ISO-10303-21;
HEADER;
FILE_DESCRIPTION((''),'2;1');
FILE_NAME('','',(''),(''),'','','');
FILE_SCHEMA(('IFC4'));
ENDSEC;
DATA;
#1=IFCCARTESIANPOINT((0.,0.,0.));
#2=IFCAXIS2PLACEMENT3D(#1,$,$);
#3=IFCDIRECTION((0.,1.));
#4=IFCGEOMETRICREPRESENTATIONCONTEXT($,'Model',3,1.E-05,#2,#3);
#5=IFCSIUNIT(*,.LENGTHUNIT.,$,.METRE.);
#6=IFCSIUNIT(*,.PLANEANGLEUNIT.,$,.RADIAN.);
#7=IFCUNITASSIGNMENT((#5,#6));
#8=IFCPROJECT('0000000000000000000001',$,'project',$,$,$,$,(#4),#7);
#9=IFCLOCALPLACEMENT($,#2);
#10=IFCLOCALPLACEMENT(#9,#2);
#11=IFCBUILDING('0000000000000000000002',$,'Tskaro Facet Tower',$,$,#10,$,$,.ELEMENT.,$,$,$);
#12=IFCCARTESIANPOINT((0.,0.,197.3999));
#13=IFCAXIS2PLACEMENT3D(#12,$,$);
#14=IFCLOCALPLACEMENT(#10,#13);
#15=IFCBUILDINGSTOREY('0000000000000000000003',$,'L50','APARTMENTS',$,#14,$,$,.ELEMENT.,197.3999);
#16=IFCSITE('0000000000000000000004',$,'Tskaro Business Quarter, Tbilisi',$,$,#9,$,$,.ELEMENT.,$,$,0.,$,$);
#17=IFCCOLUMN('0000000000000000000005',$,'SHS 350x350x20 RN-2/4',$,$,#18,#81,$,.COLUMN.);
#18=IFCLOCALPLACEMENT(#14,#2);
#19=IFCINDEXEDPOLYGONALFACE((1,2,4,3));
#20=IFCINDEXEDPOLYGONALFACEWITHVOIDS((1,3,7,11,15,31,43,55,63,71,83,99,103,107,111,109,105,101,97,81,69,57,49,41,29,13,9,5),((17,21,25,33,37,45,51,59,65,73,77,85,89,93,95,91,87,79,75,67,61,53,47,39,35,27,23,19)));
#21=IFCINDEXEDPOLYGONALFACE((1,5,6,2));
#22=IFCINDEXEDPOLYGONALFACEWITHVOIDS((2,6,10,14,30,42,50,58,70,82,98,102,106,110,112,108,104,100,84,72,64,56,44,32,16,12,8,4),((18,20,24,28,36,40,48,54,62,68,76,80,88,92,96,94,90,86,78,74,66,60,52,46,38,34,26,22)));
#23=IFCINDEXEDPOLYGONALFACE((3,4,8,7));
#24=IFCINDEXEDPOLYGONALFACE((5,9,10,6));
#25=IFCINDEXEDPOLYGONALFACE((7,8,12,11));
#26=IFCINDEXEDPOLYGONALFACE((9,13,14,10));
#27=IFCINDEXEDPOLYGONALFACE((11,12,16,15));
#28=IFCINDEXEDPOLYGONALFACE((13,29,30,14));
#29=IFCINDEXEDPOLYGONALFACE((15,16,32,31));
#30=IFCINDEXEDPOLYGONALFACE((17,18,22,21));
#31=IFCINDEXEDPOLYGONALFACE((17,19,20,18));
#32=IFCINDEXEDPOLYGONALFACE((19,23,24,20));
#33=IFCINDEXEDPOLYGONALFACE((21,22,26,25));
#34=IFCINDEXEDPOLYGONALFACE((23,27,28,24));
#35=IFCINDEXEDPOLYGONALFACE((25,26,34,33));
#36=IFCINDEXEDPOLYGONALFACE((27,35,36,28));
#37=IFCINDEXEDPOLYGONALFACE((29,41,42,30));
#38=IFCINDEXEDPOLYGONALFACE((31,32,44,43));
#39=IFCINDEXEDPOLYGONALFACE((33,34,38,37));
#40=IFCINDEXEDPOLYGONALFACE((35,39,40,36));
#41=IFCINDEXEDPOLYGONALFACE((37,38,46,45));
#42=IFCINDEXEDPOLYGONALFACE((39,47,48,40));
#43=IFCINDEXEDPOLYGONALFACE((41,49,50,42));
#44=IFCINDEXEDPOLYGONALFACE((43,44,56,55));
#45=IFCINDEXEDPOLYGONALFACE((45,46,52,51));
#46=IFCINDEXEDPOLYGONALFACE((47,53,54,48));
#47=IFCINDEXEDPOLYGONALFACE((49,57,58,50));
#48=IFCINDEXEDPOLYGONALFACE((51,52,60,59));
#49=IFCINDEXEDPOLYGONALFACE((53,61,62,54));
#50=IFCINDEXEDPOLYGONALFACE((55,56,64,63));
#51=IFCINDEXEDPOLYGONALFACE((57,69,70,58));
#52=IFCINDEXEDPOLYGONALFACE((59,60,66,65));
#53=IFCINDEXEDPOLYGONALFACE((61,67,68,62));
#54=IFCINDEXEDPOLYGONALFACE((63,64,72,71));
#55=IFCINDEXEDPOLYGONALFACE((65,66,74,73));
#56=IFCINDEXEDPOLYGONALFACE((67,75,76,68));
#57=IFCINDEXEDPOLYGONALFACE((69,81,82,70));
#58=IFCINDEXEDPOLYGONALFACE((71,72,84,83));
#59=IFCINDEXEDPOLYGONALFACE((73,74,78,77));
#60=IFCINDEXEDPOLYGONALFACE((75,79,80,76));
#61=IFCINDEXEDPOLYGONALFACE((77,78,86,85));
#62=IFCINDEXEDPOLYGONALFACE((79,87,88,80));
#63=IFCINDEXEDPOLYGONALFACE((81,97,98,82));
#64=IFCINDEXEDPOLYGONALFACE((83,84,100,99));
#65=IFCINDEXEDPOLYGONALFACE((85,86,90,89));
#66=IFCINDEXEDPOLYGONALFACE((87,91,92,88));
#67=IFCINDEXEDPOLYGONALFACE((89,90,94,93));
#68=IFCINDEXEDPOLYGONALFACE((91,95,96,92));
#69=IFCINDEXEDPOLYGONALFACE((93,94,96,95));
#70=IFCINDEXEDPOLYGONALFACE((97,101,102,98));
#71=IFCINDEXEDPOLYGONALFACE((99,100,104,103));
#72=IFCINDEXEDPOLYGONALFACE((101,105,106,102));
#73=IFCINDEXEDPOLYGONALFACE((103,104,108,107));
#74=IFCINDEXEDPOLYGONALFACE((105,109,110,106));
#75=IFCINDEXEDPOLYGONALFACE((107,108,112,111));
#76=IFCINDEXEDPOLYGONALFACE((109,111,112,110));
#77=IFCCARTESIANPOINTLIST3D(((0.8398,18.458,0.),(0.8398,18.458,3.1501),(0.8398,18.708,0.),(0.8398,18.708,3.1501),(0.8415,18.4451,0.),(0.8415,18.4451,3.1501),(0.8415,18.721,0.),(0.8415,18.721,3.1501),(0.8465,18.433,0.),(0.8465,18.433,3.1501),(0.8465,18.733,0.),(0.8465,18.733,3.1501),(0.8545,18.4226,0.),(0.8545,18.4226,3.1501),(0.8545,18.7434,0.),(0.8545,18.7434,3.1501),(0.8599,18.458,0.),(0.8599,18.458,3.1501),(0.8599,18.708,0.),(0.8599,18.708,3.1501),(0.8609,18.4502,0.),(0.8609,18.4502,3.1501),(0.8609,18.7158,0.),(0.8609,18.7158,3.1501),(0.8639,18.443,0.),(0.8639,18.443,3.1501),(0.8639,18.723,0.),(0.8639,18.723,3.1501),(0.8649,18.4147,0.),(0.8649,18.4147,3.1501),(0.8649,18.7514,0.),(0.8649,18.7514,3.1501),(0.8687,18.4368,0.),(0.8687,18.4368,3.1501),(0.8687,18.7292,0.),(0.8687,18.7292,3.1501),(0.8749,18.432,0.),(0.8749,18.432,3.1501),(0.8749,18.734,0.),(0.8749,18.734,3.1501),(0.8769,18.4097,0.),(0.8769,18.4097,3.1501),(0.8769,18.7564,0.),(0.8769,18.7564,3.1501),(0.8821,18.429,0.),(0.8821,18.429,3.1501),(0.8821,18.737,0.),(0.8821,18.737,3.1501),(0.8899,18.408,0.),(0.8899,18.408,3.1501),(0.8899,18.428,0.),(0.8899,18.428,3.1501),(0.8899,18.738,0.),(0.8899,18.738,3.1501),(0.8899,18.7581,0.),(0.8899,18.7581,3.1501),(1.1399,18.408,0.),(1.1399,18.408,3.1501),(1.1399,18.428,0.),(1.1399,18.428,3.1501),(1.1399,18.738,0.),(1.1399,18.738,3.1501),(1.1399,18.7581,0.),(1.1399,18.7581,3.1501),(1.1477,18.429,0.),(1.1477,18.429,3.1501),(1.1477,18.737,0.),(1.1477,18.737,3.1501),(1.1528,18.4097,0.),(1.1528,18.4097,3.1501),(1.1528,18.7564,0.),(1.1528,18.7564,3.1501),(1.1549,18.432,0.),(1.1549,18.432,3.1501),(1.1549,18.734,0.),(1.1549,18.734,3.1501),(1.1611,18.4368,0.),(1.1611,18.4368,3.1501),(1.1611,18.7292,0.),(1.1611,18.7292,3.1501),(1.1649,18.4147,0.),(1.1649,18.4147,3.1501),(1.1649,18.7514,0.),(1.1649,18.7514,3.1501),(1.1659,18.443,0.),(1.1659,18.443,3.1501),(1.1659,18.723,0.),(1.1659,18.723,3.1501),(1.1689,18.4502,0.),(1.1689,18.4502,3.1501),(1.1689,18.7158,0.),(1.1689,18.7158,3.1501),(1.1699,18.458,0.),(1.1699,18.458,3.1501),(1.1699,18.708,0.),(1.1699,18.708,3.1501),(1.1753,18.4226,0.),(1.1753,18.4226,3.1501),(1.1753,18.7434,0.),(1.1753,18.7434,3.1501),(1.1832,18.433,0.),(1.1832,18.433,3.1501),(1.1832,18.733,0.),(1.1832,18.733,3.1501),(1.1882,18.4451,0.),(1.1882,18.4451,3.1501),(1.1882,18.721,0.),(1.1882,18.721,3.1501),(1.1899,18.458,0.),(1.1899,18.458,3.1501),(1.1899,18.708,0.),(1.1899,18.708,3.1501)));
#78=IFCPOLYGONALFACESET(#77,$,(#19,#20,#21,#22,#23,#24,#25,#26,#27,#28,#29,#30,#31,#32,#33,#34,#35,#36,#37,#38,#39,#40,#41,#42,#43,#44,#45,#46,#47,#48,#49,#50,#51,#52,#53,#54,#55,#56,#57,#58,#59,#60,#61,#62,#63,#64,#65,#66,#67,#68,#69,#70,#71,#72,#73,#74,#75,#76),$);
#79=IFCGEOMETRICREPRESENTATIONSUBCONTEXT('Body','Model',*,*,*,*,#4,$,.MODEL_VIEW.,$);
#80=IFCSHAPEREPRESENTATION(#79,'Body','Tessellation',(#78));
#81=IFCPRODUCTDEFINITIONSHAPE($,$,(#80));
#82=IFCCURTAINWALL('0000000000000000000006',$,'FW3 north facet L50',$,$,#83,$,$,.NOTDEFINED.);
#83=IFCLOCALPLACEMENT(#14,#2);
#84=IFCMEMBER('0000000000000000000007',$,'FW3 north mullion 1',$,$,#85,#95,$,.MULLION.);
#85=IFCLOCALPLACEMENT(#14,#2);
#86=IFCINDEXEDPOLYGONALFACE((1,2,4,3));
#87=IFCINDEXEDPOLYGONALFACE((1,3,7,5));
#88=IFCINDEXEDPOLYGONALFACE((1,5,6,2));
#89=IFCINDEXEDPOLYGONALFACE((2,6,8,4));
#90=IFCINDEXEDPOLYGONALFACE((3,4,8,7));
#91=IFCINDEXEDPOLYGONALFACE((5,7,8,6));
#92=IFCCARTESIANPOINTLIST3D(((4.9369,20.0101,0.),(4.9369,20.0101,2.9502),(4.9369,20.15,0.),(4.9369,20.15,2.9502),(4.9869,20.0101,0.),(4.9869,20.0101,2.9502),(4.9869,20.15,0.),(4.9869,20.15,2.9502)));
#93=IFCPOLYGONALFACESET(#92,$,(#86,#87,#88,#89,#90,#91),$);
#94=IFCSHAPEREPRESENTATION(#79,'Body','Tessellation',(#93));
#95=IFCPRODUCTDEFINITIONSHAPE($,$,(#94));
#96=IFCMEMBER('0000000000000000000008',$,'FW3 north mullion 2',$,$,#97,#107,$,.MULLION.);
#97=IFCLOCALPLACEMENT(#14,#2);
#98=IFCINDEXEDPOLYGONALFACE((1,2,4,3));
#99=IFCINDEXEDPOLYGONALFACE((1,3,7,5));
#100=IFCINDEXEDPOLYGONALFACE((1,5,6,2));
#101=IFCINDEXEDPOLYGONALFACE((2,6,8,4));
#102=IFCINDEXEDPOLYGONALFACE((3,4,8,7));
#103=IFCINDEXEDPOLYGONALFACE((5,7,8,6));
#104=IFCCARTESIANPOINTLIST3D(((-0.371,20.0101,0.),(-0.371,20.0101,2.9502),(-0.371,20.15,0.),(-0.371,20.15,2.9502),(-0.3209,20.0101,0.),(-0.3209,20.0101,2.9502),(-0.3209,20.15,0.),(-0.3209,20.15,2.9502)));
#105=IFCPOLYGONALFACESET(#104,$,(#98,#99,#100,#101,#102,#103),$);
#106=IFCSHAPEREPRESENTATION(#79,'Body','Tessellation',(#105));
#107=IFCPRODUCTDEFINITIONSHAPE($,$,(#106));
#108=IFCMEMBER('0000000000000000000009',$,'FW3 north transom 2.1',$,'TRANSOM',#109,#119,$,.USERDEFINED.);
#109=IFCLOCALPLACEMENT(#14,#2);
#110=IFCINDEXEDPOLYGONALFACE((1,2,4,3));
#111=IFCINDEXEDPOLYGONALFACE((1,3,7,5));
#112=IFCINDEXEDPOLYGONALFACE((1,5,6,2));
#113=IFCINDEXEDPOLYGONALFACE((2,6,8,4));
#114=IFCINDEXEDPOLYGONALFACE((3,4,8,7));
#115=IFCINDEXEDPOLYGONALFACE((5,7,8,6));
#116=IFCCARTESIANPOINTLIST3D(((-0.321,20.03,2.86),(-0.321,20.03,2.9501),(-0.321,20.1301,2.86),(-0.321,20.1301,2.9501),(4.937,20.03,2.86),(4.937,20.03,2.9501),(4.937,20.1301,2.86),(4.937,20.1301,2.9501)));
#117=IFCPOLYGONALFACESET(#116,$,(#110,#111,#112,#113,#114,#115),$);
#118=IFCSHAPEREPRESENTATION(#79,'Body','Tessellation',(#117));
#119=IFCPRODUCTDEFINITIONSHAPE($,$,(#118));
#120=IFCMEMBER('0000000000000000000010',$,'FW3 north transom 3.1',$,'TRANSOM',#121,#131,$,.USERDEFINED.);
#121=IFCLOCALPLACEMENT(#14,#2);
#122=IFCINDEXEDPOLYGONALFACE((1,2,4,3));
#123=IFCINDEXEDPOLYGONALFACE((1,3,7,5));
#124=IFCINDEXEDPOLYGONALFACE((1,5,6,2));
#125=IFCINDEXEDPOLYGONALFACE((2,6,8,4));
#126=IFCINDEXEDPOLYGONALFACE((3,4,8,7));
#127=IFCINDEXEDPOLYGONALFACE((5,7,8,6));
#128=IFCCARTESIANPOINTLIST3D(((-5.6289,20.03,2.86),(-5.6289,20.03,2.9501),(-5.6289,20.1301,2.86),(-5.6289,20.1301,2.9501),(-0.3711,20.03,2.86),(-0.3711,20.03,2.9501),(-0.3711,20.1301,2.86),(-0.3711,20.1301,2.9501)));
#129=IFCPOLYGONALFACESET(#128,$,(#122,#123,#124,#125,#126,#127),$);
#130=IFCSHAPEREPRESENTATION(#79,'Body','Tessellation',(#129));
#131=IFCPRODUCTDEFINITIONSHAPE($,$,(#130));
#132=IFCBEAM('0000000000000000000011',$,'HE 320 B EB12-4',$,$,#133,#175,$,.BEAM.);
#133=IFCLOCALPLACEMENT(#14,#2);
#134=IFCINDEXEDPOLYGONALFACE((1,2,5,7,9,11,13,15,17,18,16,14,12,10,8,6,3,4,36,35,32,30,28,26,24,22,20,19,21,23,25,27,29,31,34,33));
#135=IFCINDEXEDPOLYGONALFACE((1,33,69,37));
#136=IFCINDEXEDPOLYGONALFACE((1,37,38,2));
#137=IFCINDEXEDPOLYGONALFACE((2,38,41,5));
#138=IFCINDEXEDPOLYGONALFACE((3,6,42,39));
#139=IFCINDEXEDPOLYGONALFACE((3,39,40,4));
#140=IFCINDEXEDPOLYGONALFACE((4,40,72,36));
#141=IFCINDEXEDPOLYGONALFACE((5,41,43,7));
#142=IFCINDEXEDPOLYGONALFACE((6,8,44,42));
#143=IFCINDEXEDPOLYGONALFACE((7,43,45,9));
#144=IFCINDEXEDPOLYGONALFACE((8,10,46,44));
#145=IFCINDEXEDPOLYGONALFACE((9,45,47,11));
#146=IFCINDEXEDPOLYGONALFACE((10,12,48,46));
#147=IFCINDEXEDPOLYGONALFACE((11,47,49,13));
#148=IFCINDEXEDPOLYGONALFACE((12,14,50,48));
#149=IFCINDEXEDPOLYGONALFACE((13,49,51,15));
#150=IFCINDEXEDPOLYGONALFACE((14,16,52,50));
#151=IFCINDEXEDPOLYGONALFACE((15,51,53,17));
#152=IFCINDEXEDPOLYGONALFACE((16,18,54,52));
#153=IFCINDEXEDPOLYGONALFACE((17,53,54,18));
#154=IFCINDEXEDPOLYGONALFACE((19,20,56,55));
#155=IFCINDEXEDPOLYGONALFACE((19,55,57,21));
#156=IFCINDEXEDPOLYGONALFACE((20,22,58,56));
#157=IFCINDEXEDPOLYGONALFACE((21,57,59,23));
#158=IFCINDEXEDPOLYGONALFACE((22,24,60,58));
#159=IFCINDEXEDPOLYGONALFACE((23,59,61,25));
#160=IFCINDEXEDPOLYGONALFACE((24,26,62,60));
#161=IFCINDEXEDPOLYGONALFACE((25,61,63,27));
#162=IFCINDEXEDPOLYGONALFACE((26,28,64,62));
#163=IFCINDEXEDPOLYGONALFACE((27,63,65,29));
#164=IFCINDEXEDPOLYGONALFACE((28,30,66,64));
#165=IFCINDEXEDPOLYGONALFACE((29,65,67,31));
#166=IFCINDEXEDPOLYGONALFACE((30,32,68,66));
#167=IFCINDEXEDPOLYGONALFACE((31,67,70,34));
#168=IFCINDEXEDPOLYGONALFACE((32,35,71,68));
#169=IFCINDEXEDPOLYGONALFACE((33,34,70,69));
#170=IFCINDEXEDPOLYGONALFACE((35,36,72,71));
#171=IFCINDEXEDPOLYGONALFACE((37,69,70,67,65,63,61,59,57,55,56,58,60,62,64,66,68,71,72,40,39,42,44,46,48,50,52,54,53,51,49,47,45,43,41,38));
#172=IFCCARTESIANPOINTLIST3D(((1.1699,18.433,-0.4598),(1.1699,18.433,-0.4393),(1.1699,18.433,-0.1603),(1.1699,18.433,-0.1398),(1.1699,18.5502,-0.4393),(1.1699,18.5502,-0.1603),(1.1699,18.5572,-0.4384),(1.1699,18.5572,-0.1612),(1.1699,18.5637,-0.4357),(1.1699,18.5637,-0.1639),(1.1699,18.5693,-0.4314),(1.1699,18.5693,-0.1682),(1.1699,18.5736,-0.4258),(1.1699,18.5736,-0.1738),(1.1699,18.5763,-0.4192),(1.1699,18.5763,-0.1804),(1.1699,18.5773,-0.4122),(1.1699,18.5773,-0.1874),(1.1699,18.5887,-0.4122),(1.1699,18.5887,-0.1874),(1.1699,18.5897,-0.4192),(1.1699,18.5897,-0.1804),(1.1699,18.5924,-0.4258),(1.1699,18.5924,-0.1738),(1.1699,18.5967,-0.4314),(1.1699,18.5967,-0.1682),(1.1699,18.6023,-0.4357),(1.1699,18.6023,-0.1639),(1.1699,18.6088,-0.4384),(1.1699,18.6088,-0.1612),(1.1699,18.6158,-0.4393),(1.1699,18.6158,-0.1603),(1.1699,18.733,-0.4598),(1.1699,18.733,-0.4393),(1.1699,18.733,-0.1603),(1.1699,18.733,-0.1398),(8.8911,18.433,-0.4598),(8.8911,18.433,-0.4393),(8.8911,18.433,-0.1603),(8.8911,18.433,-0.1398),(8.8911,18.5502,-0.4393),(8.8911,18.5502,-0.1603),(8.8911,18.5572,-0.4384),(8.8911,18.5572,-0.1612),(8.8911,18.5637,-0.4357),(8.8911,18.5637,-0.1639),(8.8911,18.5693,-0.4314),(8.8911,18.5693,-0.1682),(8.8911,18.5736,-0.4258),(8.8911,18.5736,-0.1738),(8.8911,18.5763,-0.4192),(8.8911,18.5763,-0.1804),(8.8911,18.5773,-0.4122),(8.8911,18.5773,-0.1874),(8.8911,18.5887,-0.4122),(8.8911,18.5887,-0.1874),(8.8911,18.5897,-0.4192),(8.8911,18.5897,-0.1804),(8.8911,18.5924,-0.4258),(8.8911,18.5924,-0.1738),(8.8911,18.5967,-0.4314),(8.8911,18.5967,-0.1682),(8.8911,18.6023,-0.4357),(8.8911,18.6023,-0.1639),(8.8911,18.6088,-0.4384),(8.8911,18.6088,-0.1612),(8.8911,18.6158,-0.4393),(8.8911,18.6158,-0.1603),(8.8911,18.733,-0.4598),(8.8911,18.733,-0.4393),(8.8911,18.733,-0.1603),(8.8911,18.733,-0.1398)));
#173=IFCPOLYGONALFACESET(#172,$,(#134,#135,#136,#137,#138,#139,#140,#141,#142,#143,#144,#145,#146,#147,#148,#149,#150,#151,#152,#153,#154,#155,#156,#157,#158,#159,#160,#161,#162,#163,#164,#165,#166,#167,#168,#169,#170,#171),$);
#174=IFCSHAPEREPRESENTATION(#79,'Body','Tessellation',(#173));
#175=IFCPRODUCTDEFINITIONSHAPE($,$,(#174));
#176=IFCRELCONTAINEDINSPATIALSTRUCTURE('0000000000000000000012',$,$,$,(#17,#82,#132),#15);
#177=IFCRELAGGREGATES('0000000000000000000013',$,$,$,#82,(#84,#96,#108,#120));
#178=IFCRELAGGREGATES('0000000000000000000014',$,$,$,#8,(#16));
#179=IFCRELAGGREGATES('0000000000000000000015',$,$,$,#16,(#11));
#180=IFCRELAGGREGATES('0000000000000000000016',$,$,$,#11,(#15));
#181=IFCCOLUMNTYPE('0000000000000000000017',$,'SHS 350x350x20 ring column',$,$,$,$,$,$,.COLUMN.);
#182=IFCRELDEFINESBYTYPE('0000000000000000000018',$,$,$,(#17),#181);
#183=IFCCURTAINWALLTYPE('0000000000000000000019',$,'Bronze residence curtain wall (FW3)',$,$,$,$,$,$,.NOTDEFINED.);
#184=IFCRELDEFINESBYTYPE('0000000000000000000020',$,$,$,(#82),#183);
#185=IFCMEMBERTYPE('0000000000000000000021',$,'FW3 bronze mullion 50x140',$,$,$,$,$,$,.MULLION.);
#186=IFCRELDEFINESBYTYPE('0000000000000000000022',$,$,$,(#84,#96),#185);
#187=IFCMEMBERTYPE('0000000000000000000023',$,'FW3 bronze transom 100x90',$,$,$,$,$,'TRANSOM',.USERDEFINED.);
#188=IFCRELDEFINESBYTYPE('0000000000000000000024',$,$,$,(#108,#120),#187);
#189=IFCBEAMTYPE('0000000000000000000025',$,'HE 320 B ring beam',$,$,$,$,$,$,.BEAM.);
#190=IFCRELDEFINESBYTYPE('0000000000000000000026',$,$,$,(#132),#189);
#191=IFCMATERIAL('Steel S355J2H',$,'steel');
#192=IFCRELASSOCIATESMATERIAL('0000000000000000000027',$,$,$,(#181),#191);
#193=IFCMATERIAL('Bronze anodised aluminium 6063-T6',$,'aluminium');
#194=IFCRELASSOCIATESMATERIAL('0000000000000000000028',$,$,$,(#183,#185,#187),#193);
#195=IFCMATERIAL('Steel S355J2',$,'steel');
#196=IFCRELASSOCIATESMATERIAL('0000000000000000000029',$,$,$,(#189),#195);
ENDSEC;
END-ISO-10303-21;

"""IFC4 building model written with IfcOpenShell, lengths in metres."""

from ifc_helpers import new_model, si_unit, direction, frame, origin, origin_2d, place, context, subcontext, project, spatial, rectangle, hollow_rectangle, i_section, extrude, material, material_profile, profile_set, type_object, element, aggregate, save


model = new_model("IFC4")

# Units and contexts
model_context = context("Model", 3, precision=1e-05, world=origin(), true_north=direction((0.0, 1.0)))
body_context = subcontext(model_context, "Body", "Model", "MODEL_VIEW")
ifc_project = project(units=[si_unit("LENGTHUNIT", "METRE"), si_unit("PLANEANGLEUNIT", "RADIAN")], contexts=[model_context])

# Site, building, storey
site_placement = place(None, origin())
site = spatial("IfcSite", under=ifc_project, at=site_placement, Name="Tskaro Business Quarter, Tbilisi", CompositionType="ELEMENT", RefElevation=0.0)
building_placement = place(site_placement, origin())
building = spatial("IfcBuilding", under=site, at=building_placement, Name="Tskaro Facet Tower", CompositionType="ELEMENT")
storey_placement = place(building_placement, frame((0.0, 0.0, 197.3999)))
storey = spatial("IfcBuildingStorey", under=building, at=storey_placement, Name="L50", Description="APARTMENTS", CompositionType="ELEMENT", Elevation=197.3999)

# Column
ifc_material_1 = material(Name="Steel S355J2H", Category="steel")
ifc_material_profile_1 = material_profile(ifc_material_1, hollow_rectangle(XDim=0.3501, YDim=0.3501, WallThickness=0.02, InnerFilletRadius=0.03, OuterFilletRadius=0.05, at=origin_2d()), Name="SHS 350x350x20")
ifc_profile_set_1 = profile_set([ifc_material_profile_1], Name="Steel S355J2H")
column_type = type_object("IfcColumnType", Name="SHS 350x350x20 ring column", PredefinedType="COLUMN", material=ifc_profile_set_1)
column_placement = place(storey_placement, frame((1.0149, 18.583, 0.0), z_axis=(0.0, 0.0, 1.0), x_axis=(1.0, 0.0, 0.0)))
element("IfcColumn", 1, at=column_placement, inside=storey, type_object=column_type, Name="SHS 350x350x20 RN-2/4", PredefinedType="COLUMN", context=body_context, shape_type="SweptSolid", body=[
    extrude(hollow_rectangle(XDim=0.3501, YDim=0.3501, WallThickness=0.02, InnerFilletRadius=0.03, OuterFilletRadius=0.05, at=origin_2d()), origin(), (0.0, 0.0, 1.0), 3.1501),
])

# Curtain wall, members
ifc_material_2 = material(Name="Bronze anodised aluminium 6063-T6", Category="aluminium")
curtain_wall_type = type_object("IfcCurtainWallType", Name="Bronze residence curtain wall (FW3)", PredefinedType="NOTDEFINED", material=ifc_material_2)
curtain_wall_placement = place(storey_placement, origin())
curtain_wall = element("IfcCurtainWall", 2, at=curtain_wall_placement, inside=storey, type_object=curtain_wall_type, Name="FW3 north facet L50", PredefinedType="NOTDEFINED")
ifc_material_profile_2 = material_profile(ifc_material_2, rectangle(XDim=0.05, YDim=0.1399, at=origin_2d()), Name="Mullion 50x140")
ifc_profile_set_2 = profile_set([ifc_material_profile_2], Name="Bronze anodised aluminium 6063-T6")
member_type_1 = type_object("IfcMemberType", Name="FW3 bronze mullion 50x140", PredefinedType="MULLION", material=ifc_profile_set_2)
member_1_placement = place(storey_placement, frame((4.9619, 20.0801, 0.0), z_axis=(0.0, 0.0, 1.0), x_axis=(-1.0, 0.0, 0.0)))
member_1 = element("IfcMember", 3, at=member_1_placement, type_object=member_type_1, Name="FW3 north mullion 1", PredefinedType="MULLION", context=body_context, shape_type="SweptSolid", body=[
    extrude(rectangle(XDim=0.05, YDim=0.1399, at=origin_2d()), origin(), (0.0, 0.0, 1.0), 2.9502),
])
member_2_placement = place(storey_placement, frame((-0.3459, 20.0801, 0.0), z_axis=(0.0, 0.0, 1.0), x_axis=(-1.0, 0.0, 0.0)))
member_2 = element("IfcMember", 4, at=member_2_placement, type_object=member_type_1, Name="FW3 north mullion 2", PredefinedType="MULLION", context=body_context, shape_type="SweptSolid", body=[
    extrude(rectangle(XDim=0.05, YDim=0.1399, at=origin_2d()), origin(), (0.0, 0.0, 1.0), 2.9502),
])
ifc_material_profile_3 = material_profile(ifc_material_2, rectangle(XDim=0.1001, YDim=0.0901, at=origin_2d()), Name="Transom 100x90")
ifc_profile_set_3 = profile_set([ifc_material_profile_3], Name="Bronze anodised aluminium 6063-T6")
member_type_2 = type_object("IfcMemberType", Name="FW3 bronze transom 100x90", ElementType="TRANSOM", PredefinedType="USERDEFINED", material=ifc_profile_set_3)
member_3_placement = place(storey_placement, frame((4.937, 20.0801, 2.905), z_axis=(-1.0, 0.0, 0.0), x_axis=(0.0, -1.0, 0.0)))
member_3 = element("IfcMember", 5, at=member_3_placement, type_object=member_type_2, Name="FW3 north transom 2.1", ObjectType="TRANSOM", PredefinedType="USERDEFINED", context=body_context, shape_type="SweptSolid", body=[
    extrude(rectangle(XDim=0.1001, YDim=0.0901, at=origin_2d()), origin(), (0.0, 0.0, 1.0), 5.2581),
])
member_4_placement = place(storey_placement, frame((-0.3711, 20.0801, 2.905), z_axis=(-1.0, 0.0, 0.0), x_axis=(0.0, -1.0, 0.0)))
member_4 = element("IfcMember", 6, at=member_4_placement, type_object=member_type_2, Name="FW3 north transom 3.1", ObjectType="TRANSOM", PredefinedType="USERDEFINED", context=body_context, shape_type="SweptSolid", body=[
    extrude(rectangle(XDim=0.1001, YDim=0.0901, at=origin_2d()), origin(), (0.0, 0.0, 1.0), 5.2578),
])

# Beam
ifc_material_3 = material(Name="Steel S355J2", Category="steel")
ifc_material_profile_4 = material_profile(ifc_material_3, i_section(OverallWidth=0.3, OverallDepth=0.3201, WebThickness=0.0115, FlangeThickness=0.0205, FilletRadius=0.0271, at=origin_2d()), Name="HE 320 B")
ifc_profile_set_4 = profile_set([ifc_material_profile_4], Name="Steel S355J2")
beam_type_1 = type_object("IfcBeamType", Name="HE 320 B ring beam", PredefinedType="BEAM", material=ifc_profile_set_4)
beam_1_placement = place(storey_placement, frame((8.8911, 18.583, -0.2998), z_axis=(-1.0, 0.0, 0.0), x_axis=(0.0, -1.0, 0.0)))
element("IfcBeam", 7, at=beam_1_placement, inside=storey, type_object=beam_type_1, Name="HE 320 B EB12-4", PredefinedType="BEAM", context=body_context, shape_type="SweptSolid", body=[
    extrude(i_section(OverallWidth=0.3, OverallDepth=0.3201, WebThickness=0.0115, FlangeThickness=0.0205, FilletRadius=0.0271, at=origin_2d()), origin(), (0.0, 0.0, 1.0), 7.7212),
])

aggregate(curtain_wall, [member_1, member_2, member_3, member_4])

save(model, "model.ifc")
